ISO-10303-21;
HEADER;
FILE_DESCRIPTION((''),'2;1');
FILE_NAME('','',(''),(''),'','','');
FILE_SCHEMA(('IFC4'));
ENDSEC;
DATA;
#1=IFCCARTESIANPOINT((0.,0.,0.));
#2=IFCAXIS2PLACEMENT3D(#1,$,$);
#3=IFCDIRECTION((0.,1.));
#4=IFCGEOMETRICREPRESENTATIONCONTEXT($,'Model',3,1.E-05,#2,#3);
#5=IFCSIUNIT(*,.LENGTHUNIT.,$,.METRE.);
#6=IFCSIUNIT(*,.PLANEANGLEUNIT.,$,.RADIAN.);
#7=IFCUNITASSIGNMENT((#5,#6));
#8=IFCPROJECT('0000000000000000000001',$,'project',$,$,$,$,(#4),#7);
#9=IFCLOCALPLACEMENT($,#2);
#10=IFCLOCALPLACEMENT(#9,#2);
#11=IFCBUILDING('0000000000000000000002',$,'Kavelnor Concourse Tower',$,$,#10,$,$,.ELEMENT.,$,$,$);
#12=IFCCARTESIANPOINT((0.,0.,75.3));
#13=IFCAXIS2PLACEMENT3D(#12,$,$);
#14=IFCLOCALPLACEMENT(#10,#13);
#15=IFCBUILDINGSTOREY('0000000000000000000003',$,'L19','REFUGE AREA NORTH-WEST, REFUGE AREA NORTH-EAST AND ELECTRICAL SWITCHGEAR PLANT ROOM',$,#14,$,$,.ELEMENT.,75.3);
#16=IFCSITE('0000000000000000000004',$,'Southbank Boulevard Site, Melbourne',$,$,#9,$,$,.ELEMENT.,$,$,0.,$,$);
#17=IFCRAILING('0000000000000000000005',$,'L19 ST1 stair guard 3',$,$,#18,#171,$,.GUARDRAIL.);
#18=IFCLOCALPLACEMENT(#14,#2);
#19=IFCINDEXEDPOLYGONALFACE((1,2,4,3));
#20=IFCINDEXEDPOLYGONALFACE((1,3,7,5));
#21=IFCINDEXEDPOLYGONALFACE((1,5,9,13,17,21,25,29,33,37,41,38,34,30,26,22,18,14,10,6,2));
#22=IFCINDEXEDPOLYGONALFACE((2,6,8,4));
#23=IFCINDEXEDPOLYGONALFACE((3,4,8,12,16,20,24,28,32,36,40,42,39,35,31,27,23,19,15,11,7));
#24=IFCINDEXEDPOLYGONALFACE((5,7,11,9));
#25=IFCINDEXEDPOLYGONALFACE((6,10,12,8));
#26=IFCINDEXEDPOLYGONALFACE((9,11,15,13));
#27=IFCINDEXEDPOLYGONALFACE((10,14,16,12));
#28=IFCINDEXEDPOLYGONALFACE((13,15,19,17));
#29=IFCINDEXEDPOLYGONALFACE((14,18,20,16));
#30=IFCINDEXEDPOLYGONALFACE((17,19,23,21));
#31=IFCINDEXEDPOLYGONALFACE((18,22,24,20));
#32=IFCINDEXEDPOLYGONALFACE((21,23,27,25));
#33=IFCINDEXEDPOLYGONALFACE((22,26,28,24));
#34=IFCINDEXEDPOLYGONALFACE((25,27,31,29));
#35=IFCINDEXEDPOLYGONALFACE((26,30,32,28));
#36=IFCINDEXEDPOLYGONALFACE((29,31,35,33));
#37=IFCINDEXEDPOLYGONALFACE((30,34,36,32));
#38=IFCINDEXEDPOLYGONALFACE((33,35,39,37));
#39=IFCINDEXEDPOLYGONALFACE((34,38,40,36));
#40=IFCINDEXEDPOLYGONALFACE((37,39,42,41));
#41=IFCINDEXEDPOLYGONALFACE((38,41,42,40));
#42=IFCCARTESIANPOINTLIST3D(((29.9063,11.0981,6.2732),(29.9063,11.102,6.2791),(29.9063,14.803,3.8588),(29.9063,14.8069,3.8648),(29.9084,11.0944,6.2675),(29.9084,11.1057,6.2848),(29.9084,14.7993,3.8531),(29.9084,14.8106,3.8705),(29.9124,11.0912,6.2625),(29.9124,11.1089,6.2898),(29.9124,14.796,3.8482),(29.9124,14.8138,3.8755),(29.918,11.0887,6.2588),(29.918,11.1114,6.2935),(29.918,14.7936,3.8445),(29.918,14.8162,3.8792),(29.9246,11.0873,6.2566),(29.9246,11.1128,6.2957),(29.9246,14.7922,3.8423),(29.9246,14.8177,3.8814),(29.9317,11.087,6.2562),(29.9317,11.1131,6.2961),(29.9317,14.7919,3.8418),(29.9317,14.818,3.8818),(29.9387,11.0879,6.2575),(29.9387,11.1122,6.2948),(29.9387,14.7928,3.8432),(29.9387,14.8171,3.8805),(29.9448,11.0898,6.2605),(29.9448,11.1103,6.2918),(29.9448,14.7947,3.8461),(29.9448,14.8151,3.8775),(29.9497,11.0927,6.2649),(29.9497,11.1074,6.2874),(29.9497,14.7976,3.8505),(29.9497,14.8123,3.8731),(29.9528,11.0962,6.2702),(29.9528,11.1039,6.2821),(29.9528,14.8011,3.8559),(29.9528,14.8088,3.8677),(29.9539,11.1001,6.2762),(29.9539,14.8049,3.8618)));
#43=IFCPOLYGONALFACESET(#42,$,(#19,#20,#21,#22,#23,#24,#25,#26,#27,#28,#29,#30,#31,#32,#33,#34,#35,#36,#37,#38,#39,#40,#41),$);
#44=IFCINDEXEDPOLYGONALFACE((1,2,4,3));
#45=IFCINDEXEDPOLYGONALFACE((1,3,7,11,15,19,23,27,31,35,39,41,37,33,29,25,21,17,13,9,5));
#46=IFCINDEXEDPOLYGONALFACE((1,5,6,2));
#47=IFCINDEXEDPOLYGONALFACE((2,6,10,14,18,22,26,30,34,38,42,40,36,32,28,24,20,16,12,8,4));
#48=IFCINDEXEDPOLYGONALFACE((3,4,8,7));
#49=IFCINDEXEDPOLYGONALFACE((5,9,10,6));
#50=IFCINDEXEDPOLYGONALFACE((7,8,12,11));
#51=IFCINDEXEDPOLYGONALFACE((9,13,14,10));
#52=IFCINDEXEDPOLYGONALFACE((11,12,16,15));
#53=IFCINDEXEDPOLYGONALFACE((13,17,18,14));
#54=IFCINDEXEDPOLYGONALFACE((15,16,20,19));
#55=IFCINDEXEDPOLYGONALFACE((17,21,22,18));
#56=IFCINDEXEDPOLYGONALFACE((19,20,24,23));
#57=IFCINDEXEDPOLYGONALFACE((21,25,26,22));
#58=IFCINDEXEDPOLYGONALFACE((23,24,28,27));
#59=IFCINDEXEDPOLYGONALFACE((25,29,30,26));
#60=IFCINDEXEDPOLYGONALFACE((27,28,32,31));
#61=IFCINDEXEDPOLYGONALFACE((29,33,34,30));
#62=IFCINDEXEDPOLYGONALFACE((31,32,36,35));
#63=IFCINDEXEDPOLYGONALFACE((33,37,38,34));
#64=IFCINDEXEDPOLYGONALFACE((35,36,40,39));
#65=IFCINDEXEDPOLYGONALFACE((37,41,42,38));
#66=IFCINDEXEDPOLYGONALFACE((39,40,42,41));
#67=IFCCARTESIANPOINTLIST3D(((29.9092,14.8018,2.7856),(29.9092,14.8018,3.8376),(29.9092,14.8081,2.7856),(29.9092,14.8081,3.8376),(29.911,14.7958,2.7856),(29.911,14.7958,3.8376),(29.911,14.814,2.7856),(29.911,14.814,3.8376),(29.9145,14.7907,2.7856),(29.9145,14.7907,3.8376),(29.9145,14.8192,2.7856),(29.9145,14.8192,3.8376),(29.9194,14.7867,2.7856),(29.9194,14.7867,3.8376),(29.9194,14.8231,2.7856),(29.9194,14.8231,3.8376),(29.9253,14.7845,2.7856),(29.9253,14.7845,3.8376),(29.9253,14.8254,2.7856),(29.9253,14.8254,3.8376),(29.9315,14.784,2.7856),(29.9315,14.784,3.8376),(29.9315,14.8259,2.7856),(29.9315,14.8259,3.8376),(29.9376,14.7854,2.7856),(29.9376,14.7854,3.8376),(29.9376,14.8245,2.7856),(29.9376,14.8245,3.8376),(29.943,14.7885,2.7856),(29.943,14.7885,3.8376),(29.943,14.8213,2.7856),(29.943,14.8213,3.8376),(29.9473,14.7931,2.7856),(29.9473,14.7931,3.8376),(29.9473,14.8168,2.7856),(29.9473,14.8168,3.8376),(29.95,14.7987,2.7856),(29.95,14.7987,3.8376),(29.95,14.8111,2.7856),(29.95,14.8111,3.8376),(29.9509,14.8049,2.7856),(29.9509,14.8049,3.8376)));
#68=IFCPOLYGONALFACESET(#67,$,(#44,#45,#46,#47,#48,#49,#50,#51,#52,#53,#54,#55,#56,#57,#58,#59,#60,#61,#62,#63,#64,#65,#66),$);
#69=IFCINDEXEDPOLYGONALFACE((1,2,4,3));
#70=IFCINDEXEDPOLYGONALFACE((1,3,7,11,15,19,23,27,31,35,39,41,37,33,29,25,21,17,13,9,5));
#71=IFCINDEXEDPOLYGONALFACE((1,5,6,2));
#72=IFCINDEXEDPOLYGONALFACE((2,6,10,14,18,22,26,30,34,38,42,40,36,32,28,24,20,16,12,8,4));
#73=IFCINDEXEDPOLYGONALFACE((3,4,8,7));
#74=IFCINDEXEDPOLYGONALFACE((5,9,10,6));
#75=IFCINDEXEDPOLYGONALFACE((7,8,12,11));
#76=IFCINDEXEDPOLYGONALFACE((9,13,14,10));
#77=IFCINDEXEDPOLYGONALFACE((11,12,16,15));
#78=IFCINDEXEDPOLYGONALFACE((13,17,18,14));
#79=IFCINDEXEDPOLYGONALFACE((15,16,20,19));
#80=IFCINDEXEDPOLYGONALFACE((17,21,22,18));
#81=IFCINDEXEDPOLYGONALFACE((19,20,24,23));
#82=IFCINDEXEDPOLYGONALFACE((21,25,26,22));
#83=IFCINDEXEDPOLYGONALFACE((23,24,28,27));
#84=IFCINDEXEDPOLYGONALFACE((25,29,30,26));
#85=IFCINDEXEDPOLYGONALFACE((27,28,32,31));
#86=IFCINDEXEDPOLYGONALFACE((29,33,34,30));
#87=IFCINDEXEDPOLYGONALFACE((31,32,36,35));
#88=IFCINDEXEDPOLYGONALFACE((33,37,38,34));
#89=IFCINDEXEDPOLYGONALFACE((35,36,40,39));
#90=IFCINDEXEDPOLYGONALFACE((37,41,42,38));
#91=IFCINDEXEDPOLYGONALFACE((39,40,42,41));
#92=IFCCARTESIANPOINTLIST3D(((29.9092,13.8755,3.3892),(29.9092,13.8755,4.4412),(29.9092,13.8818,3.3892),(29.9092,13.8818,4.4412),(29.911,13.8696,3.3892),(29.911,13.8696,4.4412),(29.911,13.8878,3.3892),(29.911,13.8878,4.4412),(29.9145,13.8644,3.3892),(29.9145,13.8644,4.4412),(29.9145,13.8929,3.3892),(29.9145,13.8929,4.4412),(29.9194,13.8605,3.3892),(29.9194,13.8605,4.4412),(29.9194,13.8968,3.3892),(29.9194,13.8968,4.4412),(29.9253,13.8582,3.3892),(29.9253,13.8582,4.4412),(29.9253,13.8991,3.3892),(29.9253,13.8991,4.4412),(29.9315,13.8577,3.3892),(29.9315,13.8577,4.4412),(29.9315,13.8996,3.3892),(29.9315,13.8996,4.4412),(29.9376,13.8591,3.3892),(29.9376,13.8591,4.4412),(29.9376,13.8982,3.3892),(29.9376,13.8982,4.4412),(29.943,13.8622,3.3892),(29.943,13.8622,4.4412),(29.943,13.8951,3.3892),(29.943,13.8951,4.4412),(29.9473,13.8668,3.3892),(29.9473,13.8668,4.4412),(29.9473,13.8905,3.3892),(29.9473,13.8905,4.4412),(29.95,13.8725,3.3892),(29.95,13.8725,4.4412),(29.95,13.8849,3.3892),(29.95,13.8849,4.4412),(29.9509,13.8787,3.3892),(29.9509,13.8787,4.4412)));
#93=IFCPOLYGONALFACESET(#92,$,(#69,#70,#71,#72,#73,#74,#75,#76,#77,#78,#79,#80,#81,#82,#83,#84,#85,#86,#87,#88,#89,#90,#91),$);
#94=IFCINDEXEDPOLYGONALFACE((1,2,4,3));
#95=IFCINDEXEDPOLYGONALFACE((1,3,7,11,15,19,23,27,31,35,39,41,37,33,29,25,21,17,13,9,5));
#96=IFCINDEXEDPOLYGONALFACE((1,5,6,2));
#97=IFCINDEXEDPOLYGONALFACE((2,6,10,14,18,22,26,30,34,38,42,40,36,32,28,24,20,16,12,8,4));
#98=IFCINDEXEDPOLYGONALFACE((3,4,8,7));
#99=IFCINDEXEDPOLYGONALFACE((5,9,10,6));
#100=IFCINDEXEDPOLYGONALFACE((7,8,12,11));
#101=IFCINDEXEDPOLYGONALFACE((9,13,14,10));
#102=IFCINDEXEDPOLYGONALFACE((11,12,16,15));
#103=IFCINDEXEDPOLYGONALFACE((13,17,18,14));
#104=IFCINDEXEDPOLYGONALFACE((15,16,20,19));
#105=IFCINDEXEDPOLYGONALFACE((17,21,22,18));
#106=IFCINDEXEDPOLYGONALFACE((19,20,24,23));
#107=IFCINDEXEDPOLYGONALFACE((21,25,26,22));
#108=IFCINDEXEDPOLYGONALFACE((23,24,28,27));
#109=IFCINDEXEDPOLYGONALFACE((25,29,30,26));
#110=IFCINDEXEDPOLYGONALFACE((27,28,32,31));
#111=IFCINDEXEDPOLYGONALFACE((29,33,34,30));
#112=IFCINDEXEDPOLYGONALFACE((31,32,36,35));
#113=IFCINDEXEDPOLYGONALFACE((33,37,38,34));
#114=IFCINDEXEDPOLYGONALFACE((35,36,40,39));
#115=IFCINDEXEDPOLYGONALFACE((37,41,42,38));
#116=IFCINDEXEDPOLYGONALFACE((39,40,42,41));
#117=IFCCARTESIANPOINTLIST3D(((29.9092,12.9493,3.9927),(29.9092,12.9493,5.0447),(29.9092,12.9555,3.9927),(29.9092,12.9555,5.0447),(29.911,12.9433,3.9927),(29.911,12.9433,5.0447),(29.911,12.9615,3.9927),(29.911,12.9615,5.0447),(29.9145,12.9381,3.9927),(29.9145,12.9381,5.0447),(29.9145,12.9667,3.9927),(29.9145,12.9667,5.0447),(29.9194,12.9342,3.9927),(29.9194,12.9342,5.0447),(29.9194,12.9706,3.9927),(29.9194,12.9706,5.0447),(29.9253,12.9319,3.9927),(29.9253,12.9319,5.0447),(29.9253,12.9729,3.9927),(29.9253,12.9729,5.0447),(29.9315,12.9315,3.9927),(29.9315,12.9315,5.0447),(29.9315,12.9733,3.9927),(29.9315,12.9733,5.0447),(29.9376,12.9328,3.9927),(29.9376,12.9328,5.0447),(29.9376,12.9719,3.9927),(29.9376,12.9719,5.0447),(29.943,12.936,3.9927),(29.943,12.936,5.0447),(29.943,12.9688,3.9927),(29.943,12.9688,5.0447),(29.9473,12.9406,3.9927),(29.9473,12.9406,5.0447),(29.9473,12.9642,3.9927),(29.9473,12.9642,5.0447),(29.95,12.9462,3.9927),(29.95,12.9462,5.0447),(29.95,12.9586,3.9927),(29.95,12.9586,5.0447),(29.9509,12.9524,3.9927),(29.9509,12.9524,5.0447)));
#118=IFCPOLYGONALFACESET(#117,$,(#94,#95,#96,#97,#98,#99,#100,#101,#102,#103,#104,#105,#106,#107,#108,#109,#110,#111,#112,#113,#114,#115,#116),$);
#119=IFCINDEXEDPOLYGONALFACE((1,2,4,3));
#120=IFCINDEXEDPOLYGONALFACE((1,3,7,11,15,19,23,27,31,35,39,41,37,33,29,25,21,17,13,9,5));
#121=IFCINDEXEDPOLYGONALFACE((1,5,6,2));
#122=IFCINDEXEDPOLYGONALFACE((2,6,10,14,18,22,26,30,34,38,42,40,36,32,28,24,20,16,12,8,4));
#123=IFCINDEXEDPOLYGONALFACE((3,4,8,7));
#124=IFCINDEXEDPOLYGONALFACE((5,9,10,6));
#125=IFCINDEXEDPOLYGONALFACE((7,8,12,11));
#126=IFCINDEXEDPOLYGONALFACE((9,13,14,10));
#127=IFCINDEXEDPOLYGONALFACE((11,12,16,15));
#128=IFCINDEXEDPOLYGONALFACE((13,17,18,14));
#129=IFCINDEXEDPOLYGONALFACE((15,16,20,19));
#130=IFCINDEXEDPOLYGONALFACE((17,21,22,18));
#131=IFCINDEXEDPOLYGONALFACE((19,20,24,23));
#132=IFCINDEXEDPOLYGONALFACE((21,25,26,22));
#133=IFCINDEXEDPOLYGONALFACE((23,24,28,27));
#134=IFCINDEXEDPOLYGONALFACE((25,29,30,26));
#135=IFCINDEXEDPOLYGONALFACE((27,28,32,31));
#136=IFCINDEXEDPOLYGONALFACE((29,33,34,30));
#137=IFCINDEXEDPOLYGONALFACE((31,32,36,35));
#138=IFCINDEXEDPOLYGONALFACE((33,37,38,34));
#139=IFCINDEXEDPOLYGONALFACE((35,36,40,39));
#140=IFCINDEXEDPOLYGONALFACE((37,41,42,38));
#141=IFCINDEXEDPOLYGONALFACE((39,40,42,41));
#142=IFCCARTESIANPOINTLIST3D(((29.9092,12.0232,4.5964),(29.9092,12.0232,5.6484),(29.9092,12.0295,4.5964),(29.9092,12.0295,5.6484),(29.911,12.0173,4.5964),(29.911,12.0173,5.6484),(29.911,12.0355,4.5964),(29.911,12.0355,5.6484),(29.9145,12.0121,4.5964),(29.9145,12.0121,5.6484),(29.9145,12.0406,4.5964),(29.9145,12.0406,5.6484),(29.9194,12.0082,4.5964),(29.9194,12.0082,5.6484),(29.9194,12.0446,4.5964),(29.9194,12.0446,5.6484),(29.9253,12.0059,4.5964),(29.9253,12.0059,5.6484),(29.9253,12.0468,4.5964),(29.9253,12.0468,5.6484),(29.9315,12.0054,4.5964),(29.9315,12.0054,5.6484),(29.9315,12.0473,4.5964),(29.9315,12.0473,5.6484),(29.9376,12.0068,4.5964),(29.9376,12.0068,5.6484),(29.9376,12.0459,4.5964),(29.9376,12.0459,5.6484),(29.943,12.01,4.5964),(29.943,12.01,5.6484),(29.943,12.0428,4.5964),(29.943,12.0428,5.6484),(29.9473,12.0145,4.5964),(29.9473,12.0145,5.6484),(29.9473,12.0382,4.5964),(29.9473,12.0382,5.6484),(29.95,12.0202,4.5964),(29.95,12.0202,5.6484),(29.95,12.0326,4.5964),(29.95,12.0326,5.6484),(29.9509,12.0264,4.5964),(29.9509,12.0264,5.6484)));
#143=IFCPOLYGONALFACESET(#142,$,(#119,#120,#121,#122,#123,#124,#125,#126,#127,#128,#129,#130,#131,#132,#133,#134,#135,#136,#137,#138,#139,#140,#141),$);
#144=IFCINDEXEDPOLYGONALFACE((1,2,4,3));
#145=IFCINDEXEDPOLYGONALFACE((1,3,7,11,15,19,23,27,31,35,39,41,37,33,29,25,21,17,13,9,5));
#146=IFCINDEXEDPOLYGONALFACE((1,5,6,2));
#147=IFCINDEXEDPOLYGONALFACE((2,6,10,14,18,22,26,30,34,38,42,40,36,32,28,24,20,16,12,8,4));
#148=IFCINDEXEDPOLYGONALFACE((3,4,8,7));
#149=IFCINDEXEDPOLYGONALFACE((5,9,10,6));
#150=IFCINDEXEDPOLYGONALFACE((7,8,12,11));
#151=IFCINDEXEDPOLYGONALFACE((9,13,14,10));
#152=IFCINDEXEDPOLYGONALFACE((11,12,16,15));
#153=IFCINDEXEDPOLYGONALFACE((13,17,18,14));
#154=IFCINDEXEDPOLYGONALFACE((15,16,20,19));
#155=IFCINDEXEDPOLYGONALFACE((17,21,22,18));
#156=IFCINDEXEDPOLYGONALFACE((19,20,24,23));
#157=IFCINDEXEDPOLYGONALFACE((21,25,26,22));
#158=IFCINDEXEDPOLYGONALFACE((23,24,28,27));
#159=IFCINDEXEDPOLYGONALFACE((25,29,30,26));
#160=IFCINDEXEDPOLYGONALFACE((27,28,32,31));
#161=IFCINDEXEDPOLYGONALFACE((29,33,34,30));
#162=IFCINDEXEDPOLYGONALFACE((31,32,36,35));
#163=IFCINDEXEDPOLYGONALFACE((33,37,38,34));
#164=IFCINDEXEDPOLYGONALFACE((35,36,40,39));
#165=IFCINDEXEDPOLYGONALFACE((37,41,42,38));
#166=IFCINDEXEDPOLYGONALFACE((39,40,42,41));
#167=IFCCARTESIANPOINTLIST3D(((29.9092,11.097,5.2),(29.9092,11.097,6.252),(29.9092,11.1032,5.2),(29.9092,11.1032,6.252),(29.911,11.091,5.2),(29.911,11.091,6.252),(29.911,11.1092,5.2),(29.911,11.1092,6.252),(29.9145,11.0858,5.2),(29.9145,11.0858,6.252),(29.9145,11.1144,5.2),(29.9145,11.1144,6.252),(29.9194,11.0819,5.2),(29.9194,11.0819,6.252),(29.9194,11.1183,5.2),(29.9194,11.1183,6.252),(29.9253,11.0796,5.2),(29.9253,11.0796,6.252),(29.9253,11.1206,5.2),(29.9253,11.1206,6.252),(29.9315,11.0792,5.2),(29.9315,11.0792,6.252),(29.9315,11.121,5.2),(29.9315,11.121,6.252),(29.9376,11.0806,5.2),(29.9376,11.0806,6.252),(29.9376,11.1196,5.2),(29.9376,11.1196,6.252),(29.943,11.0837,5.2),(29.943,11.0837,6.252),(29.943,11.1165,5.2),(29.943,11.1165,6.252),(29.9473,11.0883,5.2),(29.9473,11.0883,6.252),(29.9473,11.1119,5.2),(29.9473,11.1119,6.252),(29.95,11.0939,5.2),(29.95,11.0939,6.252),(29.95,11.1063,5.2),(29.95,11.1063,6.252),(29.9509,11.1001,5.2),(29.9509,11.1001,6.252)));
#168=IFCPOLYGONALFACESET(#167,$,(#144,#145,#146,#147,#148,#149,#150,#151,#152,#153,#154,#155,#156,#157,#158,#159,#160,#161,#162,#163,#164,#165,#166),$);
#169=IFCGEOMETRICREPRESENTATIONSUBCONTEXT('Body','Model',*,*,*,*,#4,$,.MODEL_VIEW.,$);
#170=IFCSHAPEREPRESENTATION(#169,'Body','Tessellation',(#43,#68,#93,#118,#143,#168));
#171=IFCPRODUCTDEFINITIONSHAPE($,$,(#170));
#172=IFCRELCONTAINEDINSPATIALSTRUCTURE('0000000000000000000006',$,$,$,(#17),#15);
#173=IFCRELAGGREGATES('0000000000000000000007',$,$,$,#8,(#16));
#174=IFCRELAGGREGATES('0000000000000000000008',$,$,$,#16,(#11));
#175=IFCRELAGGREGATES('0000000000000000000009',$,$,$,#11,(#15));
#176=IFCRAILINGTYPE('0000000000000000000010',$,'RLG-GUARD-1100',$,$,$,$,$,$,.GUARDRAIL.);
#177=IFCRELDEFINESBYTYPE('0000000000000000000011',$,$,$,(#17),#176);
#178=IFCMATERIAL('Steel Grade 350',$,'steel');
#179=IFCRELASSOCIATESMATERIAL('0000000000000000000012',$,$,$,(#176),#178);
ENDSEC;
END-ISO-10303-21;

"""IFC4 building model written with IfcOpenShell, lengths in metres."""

from ifc_helpers import new_model, si_unit, direction, frame, origin, origin_2d, place, context, subcontext, project, spatial, circle, extrude, material, type_object, element, save


model = new_model("IFC4")

# Units and contexts
model_context = context("Model", 3, precision=1e-05, world=origin(), true_north=direction((0.0, 1.0)))
body_context = subcontext(model_context, "Body", "Model", "MODEL_VIEW")
ifc_project = project(units=[si_unit("LENGTHUNIT", "METRE"), si_unit("PLANEANGLEUNIT", "RADIAN")], contexts=[model_context])

# Site, building, storey
site_placement = place(None, origin())
site = spatial("IfcSite", under=ifc_project, at=site_placement, Name="Southbank Boulevard Site, Melbourne", CompositionType="ELEMENT", RefElevation=0.0)
building_placement = place(site_placement, origin())
building = spatial("IfcBuilding", under=site, at=building_placement, Name="Kavelnor Concourse Tower", CompositionType="ELEMENT")
storey_placement = place(building_placement, frame((0.0, 0.0, 75.3)))
storey = spatial("IfcBuildingStorey", under=building, at=storey_placement, Name="L19", Description="REFUGE AREA NORTH-WEST, REFUGE AREA NORTH-EAST AND ELECTRICAL SWITCHGEAR PLANT ROOM", CompositionType="ELEMENT", Elevation=75.3)

# Shared definitions
ifc_material_1 = material(Name="Steel Grade 350", Category="steel")

# Railing
railing_type_1 = type_object("IfcRailingType", Name="RLG-GUARD-1100", PredefinedType="GUARDRAIL", material=ifc_material_1)
railing_1_placement = place(storey_placement, frame((29.9299, 14.8049, 2.7856)))
element("IfcRailing", 1, at=railing_1_placement, inside=storey, type_object=railing_type_1, Name="L19 ST1 stair guard 3", PredefinedType="GUARDRAIL", context=body_context, shape_type="SweptSolid", body=[
    extrude(circle(Radius=0.0239, at=origin_2d()), frame((0.0, 0.0, 1.0762), z_axis=(0.0, -0.837806, 0.545968), x_axis=(1.0, 0.0, 0.0)), (0.0, 0.0, 1.0), 4.4221),
    extrude(circle(Radius=0.021, at=origin_2d()), origin(), (0.0, 0.0, 1.0), 1.052),
    extrude(circle(Radius=0.021, at=origin_2d()), frame((0.0, -0.9263, 0.6035)), (0.0, 0.0, 1.0), 1.052),
    extrude(circle(Radius=0.021, at=origin_2d()), frame((0.0, -1.8525, 1.207)), (0.0, 0.0, 1.0), 1.052),
    extrude(circle(Radius=0.021, at=origin_2d()), frame((0.0, -2.7786, 1.8108)), (0.0, 0.0, 1.0), 1.052),
    extrude(circle(Radius=0.021, at=origin_2d()), frame((0.0, -3.7048, 2.4143)), (0.0, 0.0, 1.0), 1.052),
])

save(model, "model.ifc")
